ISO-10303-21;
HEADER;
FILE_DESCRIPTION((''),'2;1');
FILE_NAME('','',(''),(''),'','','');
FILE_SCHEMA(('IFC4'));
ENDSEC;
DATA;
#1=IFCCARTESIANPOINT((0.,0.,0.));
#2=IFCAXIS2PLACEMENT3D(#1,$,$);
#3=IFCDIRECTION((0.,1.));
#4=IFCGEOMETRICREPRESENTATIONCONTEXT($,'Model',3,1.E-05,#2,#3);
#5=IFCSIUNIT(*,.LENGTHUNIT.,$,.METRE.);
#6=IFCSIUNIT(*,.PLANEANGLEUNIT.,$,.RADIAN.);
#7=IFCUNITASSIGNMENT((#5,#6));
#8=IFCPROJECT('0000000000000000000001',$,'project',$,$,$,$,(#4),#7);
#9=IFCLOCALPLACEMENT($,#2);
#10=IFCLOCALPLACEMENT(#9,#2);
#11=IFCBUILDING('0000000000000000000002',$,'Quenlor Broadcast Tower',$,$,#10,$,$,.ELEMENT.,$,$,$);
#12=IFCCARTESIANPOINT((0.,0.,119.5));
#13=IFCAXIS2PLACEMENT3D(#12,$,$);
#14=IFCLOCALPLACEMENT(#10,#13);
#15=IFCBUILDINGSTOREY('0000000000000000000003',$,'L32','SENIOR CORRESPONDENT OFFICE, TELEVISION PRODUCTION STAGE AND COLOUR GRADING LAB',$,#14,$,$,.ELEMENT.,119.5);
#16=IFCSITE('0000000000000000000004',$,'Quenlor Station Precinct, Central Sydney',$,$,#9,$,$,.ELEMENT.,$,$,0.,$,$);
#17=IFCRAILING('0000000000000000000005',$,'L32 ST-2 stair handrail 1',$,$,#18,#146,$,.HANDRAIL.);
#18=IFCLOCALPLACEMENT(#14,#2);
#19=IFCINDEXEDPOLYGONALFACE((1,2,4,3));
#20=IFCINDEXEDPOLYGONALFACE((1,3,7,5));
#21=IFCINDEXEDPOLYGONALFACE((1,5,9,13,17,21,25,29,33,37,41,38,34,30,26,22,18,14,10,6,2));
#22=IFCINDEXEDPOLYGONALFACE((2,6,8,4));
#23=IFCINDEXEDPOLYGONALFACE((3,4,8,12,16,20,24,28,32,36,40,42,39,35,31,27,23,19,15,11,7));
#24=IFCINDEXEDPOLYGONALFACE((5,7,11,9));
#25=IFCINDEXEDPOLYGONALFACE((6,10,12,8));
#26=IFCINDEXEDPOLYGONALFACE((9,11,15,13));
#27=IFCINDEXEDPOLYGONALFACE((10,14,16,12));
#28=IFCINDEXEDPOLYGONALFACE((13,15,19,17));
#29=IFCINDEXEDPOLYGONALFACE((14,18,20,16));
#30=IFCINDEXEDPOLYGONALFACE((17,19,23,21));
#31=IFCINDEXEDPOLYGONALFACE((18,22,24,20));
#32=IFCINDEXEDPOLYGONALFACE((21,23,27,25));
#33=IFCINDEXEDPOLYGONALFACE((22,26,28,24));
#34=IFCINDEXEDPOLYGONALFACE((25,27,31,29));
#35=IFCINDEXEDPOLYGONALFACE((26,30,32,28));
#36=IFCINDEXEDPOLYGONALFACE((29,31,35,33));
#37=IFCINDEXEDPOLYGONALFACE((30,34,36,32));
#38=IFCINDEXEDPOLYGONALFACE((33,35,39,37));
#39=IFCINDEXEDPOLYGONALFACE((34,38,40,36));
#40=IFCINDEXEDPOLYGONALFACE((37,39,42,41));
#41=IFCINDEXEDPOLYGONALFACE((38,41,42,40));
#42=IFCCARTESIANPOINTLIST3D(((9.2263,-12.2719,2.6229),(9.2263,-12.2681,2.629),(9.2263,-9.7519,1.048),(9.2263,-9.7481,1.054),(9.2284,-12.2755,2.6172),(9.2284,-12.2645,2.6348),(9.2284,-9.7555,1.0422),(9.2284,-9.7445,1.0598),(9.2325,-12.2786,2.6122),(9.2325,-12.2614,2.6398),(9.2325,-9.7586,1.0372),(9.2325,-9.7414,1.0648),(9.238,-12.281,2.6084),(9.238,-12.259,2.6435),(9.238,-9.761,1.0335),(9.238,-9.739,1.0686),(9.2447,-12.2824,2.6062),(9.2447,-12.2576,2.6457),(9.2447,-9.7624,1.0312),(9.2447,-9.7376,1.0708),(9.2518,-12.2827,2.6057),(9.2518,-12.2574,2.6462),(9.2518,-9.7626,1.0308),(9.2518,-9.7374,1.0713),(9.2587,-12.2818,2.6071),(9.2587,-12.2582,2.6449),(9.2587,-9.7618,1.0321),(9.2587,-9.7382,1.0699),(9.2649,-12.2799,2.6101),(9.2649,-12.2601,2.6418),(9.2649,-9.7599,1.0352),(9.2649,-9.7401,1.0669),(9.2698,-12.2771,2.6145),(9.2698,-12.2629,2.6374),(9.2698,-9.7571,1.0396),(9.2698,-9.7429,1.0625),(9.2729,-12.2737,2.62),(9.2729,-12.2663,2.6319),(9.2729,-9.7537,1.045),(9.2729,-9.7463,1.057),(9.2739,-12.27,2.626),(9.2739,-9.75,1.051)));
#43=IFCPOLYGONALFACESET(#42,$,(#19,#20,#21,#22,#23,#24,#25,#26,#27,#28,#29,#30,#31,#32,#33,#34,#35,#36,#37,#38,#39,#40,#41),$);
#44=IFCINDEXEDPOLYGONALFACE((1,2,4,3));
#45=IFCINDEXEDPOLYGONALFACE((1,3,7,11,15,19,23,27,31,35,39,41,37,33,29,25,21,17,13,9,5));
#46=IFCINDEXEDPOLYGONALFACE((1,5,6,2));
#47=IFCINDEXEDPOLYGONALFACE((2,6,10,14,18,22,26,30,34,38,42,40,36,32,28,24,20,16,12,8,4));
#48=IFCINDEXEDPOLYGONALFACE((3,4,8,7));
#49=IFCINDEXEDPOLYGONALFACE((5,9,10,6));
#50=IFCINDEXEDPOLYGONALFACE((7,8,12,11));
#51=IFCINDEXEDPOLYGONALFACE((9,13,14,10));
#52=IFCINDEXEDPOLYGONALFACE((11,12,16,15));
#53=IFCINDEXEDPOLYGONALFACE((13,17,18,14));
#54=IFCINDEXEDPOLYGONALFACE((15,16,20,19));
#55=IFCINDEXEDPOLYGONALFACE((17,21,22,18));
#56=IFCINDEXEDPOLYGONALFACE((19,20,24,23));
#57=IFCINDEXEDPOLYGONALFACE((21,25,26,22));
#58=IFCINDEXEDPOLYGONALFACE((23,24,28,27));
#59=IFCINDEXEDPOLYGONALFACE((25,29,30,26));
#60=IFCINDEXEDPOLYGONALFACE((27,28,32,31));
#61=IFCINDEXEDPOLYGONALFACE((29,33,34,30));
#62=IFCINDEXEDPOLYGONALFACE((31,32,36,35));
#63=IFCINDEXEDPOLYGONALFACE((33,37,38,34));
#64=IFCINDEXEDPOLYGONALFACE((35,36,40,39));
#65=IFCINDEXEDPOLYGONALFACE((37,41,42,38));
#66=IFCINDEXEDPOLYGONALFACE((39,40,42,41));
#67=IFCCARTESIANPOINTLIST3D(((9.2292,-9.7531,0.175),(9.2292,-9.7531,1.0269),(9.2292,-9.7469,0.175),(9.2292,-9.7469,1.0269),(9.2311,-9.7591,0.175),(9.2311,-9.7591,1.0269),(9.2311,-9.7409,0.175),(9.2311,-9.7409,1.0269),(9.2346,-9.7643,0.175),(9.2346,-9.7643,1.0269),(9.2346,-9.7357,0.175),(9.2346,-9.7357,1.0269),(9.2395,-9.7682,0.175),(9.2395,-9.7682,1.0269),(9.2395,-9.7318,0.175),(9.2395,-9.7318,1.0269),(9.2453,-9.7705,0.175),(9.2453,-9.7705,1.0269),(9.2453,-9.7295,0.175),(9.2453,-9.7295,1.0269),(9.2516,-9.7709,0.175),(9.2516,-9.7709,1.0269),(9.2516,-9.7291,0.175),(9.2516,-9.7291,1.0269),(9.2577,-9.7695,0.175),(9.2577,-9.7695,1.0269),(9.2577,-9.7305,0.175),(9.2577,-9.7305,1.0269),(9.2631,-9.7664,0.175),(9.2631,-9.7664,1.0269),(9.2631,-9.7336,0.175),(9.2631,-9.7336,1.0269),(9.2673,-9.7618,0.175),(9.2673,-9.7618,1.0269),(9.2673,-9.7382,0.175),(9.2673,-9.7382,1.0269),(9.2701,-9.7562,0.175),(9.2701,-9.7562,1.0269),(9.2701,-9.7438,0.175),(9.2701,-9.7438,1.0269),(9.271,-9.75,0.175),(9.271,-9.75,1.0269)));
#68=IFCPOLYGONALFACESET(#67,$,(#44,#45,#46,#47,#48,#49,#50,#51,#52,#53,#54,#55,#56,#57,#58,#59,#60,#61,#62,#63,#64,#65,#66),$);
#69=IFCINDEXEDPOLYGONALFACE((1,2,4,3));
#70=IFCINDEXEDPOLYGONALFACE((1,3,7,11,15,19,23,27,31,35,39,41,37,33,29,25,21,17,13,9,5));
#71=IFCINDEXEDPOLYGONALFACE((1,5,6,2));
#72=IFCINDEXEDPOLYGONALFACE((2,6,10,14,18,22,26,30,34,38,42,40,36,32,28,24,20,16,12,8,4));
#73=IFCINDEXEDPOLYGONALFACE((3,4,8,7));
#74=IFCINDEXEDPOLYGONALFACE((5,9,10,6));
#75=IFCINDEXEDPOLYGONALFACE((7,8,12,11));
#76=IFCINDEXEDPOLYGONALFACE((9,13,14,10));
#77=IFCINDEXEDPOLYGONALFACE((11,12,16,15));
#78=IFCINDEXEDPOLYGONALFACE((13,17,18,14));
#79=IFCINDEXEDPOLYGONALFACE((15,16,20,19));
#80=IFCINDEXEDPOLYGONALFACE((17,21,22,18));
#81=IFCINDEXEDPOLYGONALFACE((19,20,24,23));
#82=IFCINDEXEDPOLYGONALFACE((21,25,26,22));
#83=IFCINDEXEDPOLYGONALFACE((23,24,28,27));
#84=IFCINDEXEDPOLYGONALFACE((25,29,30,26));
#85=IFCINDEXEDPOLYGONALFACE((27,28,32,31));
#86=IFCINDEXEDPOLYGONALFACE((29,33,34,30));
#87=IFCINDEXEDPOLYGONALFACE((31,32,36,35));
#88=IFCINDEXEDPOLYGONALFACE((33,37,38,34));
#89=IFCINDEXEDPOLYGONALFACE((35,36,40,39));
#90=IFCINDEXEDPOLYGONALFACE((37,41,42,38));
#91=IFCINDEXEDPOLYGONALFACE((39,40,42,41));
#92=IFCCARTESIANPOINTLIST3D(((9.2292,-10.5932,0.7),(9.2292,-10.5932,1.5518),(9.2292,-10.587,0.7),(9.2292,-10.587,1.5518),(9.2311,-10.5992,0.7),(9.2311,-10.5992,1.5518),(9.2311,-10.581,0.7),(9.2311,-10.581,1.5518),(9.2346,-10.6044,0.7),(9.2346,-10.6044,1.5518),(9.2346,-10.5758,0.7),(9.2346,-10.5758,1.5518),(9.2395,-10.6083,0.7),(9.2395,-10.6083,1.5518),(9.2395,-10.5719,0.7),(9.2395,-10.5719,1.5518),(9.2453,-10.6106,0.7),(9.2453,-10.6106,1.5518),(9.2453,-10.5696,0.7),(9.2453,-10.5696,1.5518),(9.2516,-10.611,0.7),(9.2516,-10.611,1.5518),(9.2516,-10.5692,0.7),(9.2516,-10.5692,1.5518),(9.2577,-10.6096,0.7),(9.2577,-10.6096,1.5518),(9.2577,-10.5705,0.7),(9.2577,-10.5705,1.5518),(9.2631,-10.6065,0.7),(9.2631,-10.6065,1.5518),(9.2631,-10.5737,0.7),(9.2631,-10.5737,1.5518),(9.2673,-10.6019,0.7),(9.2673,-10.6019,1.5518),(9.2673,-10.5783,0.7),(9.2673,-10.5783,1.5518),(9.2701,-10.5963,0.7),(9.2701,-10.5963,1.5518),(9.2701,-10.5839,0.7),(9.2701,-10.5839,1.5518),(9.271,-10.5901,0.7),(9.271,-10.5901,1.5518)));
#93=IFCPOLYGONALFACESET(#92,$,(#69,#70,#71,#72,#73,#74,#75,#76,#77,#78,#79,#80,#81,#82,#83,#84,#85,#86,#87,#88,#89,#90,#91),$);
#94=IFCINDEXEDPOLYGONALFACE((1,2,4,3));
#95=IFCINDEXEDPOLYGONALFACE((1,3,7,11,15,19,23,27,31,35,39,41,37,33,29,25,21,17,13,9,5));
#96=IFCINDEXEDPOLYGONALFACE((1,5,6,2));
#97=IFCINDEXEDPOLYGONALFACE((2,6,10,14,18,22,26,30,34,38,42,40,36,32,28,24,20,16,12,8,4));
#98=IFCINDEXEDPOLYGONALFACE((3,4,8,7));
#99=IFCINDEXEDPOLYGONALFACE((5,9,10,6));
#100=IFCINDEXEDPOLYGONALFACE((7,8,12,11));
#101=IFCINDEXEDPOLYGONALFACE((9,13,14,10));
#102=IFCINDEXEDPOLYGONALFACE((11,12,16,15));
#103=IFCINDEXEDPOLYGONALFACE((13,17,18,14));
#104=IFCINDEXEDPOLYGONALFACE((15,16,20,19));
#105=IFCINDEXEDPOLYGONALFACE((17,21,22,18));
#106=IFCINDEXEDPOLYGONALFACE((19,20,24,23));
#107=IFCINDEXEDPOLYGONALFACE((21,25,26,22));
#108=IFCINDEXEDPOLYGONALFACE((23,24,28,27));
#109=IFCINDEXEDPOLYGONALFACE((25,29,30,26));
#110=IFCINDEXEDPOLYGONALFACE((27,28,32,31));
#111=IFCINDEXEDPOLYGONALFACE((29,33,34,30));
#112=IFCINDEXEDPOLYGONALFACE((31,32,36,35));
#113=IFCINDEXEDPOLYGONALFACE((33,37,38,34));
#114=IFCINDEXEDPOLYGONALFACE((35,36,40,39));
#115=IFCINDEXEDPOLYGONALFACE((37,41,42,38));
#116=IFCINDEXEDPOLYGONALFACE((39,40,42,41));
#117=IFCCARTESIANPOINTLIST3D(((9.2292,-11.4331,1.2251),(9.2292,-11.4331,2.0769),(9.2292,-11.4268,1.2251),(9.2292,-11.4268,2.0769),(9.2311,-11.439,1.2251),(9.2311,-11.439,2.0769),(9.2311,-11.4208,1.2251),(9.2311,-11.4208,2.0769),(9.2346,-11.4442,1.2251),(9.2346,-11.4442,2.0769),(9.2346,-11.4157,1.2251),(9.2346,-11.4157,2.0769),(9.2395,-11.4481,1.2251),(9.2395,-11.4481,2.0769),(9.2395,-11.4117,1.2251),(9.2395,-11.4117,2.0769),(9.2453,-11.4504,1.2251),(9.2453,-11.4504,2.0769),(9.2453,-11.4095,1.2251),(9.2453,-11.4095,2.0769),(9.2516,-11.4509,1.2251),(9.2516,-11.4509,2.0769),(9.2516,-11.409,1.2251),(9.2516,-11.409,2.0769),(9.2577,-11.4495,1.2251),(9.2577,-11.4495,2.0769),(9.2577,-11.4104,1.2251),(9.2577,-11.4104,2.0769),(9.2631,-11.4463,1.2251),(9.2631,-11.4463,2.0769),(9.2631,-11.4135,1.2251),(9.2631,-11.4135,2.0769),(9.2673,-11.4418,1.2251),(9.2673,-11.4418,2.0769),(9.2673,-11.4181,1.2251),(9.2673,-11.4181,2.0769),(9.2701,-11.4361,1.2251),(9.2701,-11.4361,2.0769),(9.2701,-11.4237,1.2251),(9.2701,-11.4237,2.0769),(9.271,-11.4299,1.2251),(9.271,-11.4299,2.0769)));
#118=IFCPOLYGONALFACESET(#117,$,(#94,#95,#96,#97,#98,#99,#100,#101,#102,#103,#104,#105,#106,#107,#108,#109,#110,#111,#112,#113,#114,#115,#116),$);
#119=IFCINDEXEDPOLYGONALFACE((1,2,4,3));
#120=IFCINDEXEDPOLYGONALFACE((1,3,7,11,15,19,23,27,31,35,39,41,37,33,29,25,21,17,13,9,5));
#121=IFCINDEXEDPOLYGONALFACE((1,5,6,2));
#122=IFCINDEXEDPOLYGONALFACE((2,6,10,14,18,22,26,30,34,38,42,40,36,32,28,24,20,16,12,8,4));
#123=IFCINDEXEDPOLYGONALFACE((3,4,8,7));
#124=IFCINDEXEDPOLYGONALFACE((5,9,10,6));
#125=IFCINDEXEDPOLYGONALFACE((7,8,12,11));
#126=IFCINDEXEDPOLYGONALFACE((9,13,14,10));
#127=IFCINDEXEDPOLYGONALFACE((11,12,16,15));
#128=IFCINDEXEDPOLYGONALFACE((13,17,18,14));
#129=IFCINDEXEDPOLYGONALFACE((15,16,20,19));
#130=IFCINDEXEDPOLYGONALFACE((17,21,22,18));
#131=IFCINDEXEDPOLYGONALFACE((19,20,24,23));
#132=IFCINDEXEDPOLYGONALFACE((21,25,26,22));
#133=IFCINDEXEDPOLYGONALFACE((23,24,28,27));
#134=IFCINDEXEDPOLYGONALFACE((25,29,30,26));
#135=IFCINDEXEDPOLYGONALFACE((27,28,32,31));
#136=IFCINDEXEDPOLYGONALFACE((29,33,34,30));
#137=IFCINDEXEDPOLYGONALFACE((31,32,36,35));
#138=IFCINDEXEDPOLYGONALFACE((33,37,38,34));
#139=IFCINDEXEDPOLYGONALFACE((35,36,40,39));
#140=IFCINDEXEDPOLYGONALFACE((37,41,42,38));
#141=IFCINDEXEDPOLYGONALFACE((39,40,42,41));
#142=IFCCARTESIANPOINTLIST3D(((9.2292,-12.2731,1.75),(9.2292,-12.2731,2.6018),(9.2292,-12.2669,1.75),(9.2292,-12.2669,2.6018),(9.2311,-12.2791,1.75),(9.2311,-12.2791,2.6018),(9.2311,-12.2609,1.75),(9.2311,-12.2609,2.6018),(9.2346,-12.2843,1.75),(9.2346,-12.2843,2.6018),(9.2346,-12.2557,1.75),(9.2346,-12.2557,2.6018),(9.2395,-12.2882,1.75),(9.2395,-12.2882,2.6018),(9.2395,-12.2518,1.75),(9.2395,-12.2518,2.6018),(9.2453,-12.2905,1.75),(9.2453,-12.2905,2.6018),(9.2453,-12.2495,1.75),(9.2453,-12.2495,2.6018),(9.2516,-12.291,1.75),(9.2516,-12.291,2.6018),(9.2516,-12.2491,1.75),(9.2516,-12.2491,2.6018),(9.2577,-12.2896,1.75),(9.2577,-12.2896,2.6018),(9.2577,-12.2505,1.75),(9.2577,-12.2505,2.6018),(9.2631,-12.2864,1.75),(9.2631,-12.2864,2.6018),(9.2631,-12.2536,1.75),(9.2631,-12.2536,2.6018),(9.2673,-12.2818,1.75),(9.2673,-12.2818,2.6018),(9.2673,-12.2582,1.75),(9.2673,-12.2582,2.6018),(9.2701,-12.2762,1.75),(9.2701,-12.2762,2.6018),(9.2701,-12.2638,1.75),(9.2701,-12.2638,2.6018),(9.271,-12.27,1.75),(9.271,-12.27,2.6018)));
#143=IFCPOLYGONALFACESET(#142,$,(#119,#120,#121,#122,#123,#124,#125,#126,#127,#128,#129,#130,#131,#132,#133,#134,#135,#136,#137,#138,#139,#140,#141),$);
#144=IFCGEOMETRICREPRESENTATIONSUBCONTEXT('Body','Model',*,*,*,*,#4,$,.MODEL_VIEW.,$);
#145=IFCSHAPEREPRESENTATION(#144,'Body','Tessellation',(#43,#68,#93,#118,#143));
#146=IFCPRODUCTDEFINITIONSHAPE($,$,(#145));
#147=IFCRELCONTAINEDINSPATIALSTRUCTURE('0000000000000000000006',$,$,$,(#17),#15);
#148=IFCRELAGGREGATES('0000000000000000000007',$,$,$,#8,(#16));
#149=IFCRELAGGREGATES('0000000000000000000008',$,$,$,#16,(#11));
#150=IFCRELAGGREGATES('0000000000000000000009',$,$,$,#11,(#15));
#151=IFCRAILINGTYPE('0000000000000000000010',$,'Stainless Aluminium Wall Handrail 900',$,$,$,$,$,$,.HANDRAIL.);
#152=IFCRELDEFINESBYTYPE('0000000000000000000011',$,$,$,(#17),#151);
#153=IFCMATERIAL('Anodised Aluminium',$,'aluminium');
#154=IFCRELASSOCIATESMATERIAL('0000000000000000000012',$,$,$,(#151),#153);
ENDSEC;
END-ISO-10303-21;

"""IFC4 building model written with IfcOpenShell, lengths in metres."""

from ifc_helpers import new_model, si_unit, direction, frame, origin, origin_2d, place, context, subcontext, project, spatial, circle, extrude, material, type_object, element, save


model = new_model("IFC4")

# Units and contexts
model_context = context("Model", 3, precision=1e-05, world=origin(), true_north=direction((0.0, 1.0)))
body_context = subcontext(model_context, "Body", "Model", "MODEL_VIEW")
ifc_project = project(units=[si_unit("LENGTHUNIT", "METRE"), si_unit("PLANEANGLEUNIT", "RADIAN")], contexts=[model_context])

# Site, building, storey
site_placement = place(None, origin())
site = spatial("IfcSite", under=ifc_project, at=site_placement, Name="Quenlor Station Precinct, Central Sydney", CompositionType="ELEMENT", RefElevation=0.0)
building_placement = place(site_placement, origin())
building = spatial("IfcBuilding", under=site, at=building_placement, Name="Quenlor Broadcast Tower", CompositionType="ELEMENT")
storey_placement = place(building_placement, frame((0.0, 0.0, 119.5)))
storey = spatial("IfcBuildingStorey", under=building, at=storey_placement, Name="L32", Description="SENIOR CORRESPONDENT OFFICE, TELEVISION PRODUCTION STAGE AND COLOUR GRADING LAB", CompositionType="ELEMENT", Elevation=119.5)

# Railing
ifc_material_1 = material(Name="Anodised Aluminium", Category="aluminium")
railing_type_1 = type_object("IfcRailingType", Name="Stainless Aluminium Wall Handrail 900", PredefinedType="HANDRAIL", material=ifc_material_1)
railing_1_placement = place(storey_placement, frame((9.25, -9.75, 0.175)))
element("IfcRailing", 1, at=railing_1_placement, inside=storey, type_object=railing_type_1, Name="L32 ST-2 stair handrail 1", PredefinedType="HANDRAIL", context=body_context, shape_type="SweptSolid", body=[
    extrude(circle(Radius=0.0239, at=origin_2d()), frame((0.0, 0.0, 0.876), z_axis=(0.0, -0.848008, 0.529984), x_axis=(1.0, 0.0, 0.0)), (0.0, 0.0, 1.0), 2.9717),
    extrude(circle(Radius=0.021, at=origin_2d()), origin(), (0.0, 0.0, 1.0), 0.8518),
    extrude(circle(Radius=0.021, at=origin_2d()), frame((0.0, -0.8401, 0.5249)), (0.0, 0.0, 1.0), 0.8518),
    extrude(circle(Radius=0.021, at=origin_2d()), frame((0.0, -1.6799, 1.05)), (0.0, 0.0, 1.0), 0.8518),
    extrude(circle(Radius=0.021, at=origin_2d()), frame((0.0, -2.52, 1.575)), (0.0, 0.0, 1.0), 0.8518),
])

save(model, "model.ifc")
